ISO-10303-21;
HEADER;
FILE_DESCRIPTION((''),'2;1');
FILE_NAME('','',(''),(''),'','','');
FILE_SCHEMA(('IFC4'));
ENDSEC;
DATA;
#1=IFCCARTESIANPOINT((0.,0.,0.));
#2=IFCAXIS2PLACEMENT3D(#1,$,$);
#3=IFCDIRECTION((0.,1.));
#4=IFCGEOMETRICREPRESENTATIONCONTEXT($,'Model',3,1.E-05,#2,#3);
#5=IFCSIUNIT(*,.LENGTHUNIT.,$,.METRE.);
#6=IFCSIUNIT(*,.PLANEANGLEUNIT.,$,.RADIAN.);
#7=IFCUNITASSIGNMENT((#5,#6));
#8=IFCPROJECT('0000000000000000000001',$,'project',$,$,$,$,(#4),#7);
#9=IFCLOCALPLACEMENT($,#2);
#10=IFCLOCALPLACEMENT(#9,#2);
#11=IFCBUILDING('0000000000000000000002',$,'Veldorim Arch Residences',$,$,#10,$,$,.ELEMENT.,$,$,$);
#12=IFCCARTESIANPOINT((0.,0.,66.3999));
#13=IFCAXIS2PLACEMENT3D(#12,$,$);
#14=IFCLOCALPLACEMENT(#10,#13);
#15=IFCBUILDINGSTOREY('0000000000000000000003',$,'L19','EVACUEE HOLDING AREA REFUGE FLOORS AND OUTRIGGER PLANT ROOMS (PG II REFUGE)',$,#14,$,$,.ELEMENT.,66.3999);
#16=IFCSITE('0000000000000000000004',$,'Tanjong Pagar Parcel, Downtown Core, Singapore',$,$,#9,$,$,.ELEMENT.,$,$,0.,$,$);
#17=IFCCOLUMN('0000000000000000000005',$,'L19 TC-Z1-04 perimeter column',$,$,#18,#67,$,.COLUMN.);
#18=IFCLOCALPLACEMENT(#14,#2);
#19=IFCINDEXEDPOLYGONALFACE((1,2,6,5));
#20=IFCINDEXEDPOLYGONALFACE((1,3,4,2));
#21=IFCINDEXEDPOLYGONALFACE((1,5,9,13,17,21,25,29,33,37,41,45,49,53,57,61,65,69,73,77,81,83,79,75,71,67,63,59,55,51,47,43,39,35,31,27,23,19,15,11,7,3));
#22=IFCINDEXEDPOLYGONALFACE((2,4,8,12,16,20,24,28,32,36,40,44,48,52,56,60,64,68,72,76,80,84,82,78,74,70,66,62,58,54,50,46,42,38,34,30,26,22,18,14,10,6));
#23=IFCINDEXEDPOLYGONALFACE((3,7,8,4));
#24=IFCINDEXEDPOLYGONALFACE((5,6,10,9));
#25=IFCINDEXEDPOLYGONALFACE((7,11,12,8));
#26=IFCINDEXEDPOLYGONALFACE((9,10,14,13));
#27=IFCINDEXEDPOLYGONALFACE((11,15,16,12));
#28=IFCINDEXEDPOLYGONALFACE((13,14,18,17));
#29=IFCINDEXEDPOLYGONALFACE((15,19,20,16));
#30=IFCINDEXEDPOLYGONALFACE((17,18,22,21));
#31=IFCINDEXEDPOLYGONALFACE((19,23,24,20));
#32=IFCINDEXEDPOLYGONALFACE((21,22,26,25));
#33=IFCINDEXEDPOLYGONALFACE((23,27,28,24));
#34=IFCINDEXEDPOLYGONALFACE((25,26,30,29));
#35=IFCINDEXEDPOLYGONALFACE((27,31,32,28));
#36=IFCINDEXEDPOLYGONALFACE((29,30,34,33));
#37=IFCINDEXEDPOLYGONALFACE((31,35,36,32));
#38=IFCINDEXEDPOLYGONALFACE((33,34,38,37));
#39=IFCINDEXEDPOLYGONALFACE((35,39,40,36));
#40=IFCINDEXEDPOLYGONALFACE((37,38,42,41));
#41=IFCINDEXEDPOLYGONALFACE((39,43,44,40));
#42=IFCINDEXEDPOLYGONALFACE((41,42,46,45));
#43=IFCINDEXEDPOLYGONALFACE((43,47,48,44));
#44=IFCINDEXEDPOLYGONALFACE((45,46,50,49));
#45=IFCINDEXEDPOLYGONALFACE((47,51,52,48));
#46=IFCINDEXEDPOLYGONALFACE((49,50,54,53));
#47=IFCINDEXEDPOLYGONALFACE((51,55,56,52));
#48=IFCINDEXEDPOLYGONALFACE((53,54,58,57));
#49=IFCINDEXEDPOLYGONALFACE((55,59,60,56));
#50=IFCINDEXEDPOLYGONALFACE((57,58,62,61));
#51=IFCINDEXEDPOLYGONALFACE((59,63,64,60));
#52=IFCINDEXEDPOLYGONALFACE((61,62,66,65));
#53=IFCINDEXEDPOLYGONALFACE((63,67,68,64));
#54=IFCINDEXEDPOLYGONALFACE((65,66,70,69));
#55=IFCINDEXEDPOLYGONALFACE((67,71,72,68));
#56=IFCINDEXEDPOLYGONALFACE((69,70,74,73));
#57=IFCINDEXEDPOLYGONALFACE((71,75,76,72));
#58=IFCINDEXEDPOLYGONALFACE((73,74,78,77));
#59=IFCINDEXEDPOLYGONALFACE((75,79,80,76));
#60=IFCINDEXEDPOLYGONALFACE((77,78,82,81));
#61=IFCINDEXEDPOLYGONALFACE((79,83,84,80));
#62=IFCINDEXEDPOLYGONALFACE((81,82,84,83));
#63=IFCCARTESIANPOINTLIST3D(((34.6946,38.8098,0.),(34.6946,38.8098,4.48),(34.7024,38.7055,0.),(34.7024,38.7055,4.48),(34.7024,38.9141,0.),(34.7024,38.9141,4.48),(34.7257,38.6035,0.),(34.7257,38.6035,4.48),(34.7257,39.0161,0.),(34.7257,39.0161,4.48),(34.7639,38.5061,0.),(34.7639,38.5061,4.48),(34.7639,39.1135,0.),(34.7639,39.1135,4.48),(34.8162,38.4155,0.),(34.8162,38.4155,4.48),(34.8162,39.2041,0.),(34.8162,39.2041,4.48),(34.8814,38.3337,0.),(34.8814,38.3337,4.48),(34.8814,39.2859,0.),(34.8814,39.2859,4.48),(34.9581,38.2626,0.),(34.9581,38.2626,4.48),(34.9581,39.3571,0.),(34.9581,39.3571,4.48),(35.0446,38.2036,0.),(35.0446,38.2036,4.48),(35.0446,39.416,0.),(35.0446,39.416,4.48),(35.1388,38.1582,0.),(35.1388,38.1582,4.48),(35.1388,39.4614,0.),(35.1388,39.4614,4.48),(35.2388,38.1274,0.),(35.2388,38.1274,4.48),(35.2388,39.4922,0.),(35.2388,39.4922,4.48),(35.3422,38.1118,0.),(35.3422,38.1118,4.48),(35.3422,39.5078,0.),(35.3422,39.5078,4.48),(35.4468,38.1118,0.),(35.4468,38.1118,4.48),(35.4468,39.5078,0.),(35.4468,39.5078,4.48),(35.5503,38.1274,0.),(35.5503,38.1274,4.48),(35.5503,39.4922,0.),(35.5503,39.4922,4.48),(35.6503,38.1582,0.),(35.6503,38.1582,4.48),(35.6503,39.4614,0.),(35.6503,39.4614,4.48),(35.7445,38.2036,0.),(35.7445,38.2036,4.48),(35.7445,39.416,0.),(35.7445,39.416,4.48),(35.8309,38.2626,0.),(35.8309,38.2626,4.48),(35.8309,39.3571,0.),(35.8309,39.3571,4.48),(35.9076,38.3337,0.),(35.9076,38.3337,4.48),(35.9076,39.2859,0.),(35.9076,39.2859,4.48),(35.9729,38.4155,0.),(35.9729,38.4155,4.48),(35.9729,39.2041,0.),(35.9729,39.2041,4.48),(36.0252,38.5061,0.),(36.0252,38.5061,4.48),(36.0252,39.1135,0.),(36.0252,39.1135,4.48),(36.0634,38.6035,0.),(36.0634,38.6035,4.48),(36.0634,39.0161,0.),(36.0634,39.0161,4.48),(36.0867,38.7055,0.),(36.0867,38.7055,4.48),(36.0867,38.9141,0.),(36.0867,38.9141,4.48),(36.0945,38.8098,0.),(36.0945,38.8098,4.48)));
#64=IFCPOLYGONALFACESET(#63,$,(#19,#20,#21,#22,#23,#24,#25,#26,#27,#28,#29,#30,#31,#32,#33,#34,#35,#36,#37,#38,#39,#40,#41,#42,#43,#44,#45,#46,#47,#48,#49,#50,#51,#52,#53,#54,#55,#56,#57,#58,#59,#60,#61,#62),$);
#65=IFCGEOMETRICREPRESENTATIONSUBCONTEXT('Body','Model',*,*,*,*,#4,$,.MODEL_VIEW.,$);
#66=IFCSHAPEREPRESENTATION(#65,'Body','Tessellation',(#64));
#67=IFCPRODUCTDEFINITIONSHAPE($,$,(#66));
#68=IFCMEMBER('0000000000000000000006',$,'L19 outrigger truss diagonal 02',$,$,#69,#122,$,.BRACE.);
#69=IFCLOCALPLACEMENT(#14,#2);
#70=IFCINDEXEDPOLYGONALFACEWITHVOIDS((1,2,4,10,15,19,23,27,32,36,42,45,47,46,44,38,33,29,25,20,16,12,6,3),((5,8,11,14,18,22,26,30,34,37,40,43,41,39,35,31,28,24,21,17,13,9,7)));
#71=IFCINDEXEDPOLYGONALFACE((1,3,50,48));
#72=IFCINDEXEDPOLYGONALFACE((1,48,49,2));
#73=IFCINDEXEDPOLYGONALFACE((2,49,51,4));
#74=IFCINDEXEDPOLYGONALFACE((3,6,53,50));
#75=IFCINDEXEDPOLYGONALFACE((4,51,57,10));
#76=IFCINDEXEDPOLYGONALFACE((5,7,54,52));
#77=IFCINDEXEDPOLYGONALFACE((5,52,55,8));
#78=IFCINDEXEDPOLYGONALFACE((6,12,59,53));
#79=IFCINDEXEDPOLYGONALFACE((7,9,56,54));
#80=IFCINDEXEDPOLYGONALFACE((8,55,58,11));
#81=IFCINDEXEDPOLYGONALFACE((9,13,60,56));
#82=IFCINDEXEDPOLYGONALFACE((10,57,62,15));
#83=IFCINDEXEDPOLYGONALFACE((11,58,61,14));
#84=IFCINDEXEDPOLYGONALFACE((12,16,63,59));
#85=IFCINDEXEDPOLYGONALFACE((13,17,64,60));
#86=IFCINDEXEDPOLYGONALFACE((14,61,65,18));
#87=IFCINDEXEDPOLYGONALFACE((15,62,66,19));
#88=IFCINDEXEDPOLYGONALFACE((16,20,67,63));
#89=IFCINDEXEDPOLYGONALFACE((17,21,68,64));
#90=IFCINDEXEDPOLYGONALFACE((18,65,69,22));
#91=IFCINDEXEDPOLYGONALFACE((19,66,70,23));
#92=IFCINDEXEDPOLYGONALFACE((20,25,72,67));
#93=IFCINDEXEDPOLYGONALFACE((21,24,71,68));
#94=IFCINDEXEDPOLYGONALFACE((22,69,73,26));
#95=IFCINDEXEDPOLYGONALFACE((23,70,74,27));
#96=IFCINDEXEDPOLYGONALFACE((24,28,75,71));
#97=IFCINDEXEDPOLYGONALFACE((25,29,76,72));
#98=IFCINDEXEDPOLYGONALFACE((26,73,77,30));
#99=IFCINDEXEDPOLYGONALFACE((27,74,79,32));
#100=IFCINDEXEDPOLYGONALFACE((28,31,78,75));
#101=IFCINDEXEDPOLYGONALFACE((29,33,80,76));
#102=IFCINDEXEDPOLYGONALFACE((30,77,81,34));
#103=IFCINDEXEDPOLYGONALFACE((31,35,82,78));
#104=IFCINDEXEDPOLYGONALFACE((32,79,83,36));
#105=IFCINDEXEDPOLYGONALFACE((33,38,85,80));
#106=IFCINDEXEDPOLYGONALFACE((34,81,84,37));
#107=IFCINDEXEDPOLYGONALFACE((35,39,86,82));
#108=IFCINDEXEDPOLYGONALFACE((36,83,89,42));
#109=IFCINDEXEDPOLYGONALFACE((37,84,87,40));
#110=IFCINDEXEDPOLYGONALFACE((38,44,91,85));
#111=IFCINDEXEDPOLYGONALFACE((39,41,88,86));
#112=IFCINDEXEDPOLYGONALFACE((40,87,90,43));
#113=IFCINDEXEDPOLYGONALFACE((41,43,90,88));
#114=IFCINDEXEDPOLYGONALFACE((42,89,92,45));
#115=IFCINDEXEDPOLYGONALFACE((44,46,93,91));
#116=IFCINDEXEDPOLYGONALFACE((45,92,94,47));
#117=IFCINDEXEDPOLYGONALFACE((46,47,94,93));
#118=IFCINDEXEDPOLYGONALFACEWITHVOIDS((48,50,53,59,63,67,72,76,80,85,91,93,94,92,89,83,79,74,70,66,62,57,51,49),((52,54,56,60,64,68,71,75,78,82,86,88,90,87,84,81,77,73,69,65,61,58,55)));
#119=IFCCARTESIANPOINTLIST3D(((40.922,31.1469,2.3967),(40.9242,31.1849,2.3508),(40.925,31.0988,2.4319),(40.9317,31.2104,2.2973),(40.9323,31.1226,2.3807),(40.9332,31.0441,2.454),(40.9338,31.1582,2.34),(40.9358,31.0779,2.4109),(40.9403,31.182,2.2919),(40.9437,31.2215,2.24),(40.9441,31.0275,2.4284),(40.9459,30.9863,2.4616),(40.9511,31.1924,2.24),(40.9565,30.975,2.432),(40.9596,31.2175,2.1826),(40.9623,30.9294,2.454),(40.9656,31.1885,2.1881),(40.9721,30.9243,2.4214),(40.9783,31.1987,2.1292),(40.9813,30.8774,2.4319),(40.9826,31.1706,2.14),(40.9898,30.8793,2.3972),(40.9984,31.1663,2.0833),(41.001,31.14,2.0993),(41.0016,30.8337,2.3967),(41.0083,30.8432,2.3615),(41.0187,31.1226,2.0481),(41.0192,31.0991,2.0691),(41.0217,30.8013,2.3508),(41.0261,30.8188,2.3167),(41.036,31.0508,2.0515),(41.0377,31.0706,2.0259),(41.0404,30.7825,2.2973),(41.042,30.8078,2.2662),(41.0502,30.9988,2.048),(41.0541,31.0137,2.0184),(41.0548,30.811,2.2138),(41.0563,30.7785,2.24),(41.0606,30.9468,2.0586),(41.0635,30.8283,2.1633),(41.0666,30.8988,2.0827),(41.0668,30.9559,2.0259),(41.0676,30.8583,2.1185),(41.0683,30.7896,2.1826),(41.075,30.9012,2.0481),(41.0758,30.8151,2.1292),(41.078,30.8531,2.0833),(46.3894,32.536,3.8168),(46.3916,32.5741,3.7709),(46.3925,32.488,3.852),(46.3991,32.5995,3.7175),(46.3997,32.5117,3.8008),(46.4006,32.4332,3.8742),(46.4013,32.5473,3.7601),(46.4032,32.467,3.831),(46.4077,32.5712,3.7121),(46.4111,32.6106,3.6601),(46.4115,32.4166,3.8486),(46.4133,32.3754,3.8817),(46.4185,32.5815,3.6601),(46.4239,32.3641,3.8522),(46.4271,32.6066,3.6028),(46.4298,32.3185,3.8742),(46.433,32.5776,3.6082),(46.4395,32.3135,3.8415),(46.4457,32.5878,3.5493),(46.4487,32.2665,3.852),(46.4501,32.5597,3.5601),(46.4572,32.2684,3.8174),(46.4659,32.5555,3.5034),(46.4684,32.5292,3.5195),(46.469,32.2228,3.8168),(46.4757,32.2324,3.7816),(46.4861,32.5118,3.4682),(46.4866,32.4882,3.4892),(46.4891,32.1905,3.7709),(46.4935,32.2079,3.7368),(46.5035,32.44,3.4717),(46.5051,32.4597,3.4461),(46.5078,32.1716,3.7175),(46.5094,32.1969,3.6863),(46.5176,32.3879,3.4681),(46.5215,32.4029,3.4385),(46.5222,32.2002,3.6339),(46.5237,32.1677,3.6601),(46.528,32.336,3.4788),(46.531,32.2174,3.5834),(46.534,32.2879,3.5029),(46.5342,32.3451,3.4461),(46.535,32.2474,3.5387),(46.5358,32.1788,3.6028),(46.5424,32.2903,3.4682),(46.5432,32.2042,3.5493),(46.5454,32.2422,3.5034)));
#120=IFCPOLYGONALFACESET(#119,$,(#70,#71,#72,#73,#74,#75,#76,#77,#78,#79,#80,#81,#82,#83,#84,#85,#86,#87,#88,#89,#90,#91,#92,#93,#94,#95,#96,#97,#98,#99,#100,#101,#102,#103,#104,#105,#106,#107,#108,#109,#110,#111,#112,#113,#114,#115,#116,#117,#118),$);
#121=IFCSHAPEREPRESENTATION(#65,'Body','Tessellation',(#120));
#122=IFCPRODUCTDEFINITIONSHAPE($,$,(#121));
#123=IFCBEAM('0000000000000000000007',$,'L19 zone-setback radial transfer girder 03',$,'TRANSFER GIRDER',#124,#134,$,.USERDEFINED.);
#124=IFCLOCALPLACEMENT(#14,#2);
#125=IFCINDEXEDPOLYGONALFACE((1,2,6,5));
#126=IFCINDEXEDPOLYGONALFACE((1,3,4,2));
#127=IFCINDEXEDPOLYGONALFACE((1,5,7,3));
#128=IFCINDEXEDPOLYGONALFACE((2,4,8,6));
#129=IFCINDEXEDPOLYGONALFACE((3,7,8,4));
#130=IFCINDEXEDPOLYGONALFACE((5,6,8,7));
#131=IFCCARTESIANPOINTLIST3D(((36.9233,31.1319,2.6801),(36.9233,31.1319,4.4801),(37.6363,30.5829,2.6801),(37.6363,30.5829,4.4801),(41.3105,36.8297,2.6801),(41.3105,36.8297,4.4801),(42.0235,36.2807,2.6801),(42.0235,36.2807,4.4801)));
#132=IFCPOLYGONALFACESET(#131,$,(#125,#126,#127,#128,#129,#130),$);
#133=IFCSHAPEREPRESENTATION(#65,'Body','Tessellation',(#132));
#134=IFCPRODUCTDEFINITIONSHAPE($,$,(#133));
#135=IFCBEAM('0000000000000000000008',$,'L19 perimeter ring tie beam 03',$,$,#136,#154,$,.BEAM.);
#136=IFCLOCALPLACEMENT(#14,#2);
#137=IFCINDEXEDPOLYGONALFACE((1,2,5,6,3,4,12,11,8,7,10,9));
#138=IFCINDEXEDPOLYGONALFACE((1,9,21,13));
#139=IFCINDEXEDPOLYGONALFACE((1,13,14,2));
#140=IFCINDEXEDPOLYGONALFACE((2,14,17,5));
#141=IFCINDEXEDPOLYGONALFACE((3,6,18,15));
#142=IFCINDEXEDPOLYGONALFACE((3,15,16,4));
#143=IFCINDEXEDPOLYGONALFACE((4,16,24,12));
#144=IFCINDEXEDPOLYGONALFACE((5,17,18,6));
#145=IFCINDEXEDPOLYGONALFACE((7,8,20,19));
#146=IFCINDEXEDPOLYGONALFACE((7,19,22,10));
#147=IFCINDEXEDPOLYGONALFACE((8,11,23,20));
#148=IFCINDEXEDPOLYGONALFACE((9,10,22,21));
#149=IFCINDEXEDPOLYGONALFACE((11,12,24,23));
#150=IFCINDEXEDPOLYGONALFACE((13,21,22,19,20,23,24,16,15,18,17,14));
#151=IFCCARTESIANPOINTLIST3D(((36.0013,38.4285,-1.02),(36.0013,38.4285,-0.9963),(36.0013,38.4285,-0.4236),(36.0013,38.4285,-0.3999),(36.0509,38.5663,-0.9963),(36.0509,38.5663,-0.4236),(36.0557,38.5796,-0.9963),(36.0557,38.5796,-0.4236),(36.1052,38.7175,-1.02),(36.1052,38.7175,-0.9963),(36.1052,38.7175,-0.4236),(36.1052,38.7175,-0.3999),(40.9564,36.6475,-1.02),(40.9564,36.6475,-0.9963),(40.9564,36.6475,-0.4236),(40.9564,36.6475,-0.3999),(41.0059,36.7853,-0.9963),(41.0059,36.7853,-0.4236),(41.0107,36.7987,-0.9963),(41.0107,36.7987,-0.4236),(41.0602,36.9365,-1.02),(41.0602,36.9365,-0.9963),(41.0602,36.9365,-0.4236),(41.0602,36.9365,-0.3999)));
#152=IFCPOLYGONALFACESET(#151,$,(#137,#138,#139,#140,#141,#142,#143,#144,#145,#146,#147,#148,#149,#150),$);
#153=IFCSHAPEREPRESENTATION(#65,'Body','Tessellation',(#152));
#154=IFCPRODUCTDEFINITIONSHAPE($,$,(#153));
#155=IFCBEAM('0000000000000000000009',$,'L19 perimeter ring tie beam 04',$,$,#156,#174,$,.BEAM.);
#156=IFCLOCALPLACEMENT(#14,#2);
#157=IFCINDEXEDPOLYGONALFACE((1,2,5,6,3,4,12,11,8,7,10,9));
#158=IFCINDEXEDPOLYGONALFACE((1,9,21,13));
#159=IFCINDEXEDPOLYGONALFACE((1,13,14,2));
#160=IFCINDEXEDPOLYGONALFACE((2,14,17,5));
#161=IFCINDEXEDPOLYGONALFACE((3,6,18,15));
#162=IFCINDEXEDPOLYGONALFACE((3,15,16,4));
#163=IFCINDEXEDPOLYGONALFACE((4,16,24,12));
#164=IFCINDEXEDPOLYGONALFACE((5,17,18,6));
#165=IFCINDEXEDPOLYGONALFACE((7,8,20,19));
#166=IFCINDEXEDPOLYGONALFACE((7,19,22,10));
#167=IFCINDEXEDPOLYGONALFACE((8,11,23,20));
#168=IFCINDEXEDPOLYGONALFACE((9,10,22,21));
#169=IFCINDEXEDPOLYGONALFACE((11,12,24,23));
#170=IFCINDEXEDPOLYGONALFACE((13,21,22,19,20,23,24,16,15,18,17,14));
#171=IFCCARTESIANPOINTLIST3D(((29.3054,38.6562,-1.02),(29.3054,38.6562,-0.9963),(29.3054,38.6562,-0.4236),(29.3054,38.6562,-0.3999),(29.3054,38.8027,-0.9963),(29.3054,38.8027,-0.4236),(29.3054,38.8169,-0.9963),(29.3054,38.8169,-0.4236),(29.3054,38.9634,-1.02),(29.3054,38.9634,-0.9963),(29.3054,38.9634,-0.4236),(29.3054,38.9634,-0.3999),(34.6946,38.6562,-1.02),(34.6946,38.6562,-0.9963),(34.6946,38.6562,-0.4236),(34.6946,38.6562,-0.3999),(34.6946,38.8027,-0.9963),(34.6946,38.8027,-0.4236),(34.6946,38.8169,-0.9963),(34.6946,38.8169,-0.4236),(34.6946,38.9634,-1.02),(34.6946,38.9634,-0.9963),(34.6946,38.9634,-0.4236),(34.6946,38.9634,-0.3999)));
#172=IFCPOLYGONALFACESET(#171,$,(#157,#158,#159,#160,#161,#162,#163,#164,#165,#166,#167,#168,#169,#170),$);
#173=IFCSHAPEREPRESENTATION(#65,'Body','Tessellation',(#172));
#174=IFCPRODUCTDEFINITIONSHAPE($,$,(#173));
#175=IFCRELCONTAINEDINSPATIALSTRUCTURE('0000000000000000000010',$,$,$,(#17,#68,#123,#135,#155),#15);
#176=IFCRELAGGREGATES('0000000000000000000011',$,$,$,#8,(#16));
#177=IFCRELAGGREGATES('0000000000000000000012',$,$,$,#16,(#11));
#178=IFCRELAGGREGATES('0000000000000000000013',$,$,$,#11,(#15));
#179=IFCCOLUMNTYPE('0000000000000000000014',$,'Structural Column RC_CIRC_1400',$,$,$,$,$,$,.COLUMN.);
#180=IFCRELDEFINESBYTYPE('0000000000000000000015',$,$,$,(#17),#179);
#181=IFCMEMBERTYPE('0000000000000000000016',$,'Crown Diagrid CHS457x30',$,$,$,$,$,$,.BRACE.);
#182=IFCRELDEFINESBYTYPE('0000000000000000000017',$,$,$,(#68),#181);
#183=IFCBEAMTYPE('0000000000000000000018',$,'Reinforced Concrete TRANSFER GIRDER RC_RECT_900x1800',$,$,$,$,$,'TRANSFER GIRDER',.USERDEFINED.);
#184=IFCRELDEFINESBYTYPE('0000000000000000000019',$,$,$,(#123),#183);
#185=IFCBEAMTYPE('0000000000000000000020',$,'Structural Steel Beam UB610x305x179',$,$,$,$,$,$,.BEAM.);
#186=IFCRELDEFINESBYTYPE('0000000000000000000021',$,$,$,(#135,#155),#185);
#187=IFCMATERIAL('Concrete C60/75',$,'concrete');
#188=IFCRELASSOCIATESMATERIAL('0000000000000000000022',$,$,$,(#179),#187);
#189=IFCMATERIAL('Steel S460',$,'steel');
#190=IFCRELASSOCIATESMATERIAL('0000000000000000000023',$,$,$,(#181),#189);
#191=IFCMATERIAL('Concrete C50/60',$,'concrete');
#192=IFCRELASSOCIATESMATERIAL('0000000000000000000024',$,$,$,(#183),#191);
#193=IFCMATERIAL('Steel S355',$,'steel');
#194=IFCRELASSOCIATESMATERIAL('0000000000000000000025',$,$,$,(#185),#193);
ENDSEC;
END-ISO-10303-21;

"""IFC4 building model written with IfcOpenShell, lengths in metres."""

from ifc_helpers import new_model, si_unit, direction, frame, origin, origin_2d, place, context, subcontext, project, spatial, rectangle, circle, hollow_circle, i_section, extrude, material, material_profile, profile_set, type_object, element, save


model = new_model("IFC4")

# Units and contexts
model_context = context("Model", 3, precision=1e-05, world=origin(), true_north=direction((0.0, 1.0)))
body_context = subcontext(model_context, "Body", "Model", "MODEL_VIEW")
ifc_project = project(units=[si_unit("LENGTHUNIT", "METRE"), si_unit("PLANEANGLEUNIT", "RADIAN")], contexts=[model_context])

# Site, building, storey
site_placement = place(None, origin())
site = spatial("IfcSite", under=ifc_project, at=site_placement, Name="Tanjong Pagar Parcel, Downtown Core, Singapore", CompositionType="ELEMENT", RefElevation=0.0)
building_placement = place(site_placement, origin())
building = spatial("IfcBuilding", under=site, at=building_placement, Name="Veldorim Arch Residences", CompositionType="ELEMENT")
storey_placement = place(building_placement, frame((0.0, 0.0, 66.3999)))
storey = spatial("IfcBuildingStorey", under=building, at=storey_placement, Name="L19", Description="EVACUEE HOLDING AREA REFUGE FLOORS AND OUTRIGGER PLANT ROOMS (PG II REFUGE)", CompositionType="ELEMENT", Elevation=66.3999)

# Column
ifc_material_1 = material(Name="Concrete C60/75", Category="concrete")
ifc_material_profile_1 = material_profile(ifc_material_1, circle(Radius=0.7, at=origin_2d()), Name="RC_CIRC_1400")
ifc_profile_set_1 = profile_set([ifc_material_profile_1], Name="Concrete C60/75")
column_type = type_object("IfcColumnType", Name="Structural Column RC_CIRC_1400", PredefinedType="COLUMN", material=ifc_profile_set_1)
column_placement = place(storey_placement, frame((35.3945, 38.8098, 0.0), z_axis=(0.0, 0.0, 1.0), x_axis=(1.0, 0.0, 0.0)))
element("IfcColumn", 1, at=column_placement, inside=storey, type_object=column_type, Name="L19 TC-Z1-04 perimeter column", PredefinedType="COLUMN", context=body_context, shape_type="SweptSolid", body=[
    extrude(circle(Radius=0.7, at=origin_2d()), origin(), (0.0, 0.0, 1.0), 4.48),
])

# Member
ifc_material_2 = material(Name="Steel S460", Category="steel")
ifc_material_profile_2 = material_profile(ifc_material_2, hollow_circle(Radius=0.2285, WallThickness=0.03, at=origin_2d()), Name="CHS457x30")
ifc_profile_set_2 = profile_set([ifc_material_profile_2], Name="Steel S460")
member_type_1 = type_object("IfcMemberType", Name="Crown Diagrid CHS457x30", PredefinedType="BRACE", material=ifc_profile_set_2)
member_1_placement = place(storey_placement, frame((41.0, 31.0, 2.24), z_axis=(0.939881, 0.2388, 0.24413), x_axis=(-0.246251, 0.969206, 0.0)))
element("IfcMember", 2, at=member_1_placement, inside=storey, type_object=member_type_1, Name="L19 outrigger truss diagonal 02", PredefinedType="BRACE", context=body_context, shape_type="SweptSolid", body=[
    extrude(hollow_circle(Radius=0.2285, WallThickness=0.03, at=origin_2d()), origin(), (0.0, 0.0, 1.0), 5.8171),
])

# Beams
ifc_material_3 = material(Name="Concrete C50/60", Category="concrete")
ifc_material_profile_3 = material_profile(ifc_material_3, rectangle(XDim=0.8999, YDim=1.8, at=origin_2d()), Name="RC_RECT_900x1800")
ifc_profile_set_3 = profile_set([ifc_material_profile_3], Name="Concrete C50/60")
beam_type_1 = type_object("IfcBeamType", Name="Reinforced Concrete TRANSFER GIRDER RC_RECT_900x1800", ElementType="TRANSFER GIRDER", PredefinedType="USERDEFINED", material=ifc_profile_set_3)
beam_1_placement = place(storey_placement, frame((37.2798, 30.8574, 3.5801), z_axis=(0.610088, 0.792334, 0.0), x_axis=(-0.792334, 0.610088, 0.0)))
element("IfcBeam", 3, at=beam_1_placement, inside=storey, type_object=beam_type_1, Name="L19 zone-setback radial transfer girder 03", ObjectType="TRANSFER GIRDER", PredefinedType="USERDEFINED", context=body_context, shape_type="SweptSolid", body=[
    extrude(rectangle(XDim=0.8999, YDim=1.8, at=origin_2d()), origin(), (0.0, 0.0, 1.0), 7.1912),
])
ifc_material_4 = material(Name="Steel S355", Category="steel")
ifc_material_profile_4 = material_profile(ifc_material_4, i_section(OverallWidth=0.3071, OverallDepth=0.6201, WebThickness=0.0142, FlangeThickness=0.0237, at=origin_2d()), Name="UB610x305x179")
ifc_profile_set_4 = profile_set([ifc_material_profile_4], Name="Steel S355")
beam_type_2 = type_object("IfcBeamType", Name="Structural Steel Beam UB610x305x179", PredefinedType="BEAM", material=ifc_profile_set_4)
beam_2_placement = place(storey_placement, frame((41.0083, 36.792, -0.71), z_axis=(-0.941058, 0.338245, 0.0), x_axis=(-0.338245, -0.941058, 0.0)))
element("IfcBeam", 4, at=beam_2_placement, inside=storey, type_object=beam_type_2, Name="L19 perimeter ring tie beam 03", PredefinedType="BEAM", context=body_context, shape_type="SweptSolid", body=[
    extrude(i_section(OverallWidth=0.3071, OverallDepth=0.6201, WebThickness=0.0142, FlangeThickness=0.0237, at=origin_2d()), origin(), (0.0, 0.0, 1.0), 5.2654),
])
beam_3_placement = place(storey_placement, frame((34.6946, 38.8098, -0.71), z_axis=(-1.0, 0.0, 0.0), x_axis=(0.0, -1.0, 0.0)))
element("IfcBeam", 5, at=beam_3_placement, inside=storey, type_object=beam_type_2, Name="L19 perimeter ring tie beam 04", PredefinedType="BEAM", context=body_context, shape_type="SweptSolid", body=[
    extrude(i_section(OverallWidth=0.3071, OverallDepth=0.6201, WebThickness=0.0142, FlangeThickness=0.0237, at=origin_2d()), origin(), (0.0, 0.0, 1.0), 5.3892),
])

save(model, "model.ifc")
